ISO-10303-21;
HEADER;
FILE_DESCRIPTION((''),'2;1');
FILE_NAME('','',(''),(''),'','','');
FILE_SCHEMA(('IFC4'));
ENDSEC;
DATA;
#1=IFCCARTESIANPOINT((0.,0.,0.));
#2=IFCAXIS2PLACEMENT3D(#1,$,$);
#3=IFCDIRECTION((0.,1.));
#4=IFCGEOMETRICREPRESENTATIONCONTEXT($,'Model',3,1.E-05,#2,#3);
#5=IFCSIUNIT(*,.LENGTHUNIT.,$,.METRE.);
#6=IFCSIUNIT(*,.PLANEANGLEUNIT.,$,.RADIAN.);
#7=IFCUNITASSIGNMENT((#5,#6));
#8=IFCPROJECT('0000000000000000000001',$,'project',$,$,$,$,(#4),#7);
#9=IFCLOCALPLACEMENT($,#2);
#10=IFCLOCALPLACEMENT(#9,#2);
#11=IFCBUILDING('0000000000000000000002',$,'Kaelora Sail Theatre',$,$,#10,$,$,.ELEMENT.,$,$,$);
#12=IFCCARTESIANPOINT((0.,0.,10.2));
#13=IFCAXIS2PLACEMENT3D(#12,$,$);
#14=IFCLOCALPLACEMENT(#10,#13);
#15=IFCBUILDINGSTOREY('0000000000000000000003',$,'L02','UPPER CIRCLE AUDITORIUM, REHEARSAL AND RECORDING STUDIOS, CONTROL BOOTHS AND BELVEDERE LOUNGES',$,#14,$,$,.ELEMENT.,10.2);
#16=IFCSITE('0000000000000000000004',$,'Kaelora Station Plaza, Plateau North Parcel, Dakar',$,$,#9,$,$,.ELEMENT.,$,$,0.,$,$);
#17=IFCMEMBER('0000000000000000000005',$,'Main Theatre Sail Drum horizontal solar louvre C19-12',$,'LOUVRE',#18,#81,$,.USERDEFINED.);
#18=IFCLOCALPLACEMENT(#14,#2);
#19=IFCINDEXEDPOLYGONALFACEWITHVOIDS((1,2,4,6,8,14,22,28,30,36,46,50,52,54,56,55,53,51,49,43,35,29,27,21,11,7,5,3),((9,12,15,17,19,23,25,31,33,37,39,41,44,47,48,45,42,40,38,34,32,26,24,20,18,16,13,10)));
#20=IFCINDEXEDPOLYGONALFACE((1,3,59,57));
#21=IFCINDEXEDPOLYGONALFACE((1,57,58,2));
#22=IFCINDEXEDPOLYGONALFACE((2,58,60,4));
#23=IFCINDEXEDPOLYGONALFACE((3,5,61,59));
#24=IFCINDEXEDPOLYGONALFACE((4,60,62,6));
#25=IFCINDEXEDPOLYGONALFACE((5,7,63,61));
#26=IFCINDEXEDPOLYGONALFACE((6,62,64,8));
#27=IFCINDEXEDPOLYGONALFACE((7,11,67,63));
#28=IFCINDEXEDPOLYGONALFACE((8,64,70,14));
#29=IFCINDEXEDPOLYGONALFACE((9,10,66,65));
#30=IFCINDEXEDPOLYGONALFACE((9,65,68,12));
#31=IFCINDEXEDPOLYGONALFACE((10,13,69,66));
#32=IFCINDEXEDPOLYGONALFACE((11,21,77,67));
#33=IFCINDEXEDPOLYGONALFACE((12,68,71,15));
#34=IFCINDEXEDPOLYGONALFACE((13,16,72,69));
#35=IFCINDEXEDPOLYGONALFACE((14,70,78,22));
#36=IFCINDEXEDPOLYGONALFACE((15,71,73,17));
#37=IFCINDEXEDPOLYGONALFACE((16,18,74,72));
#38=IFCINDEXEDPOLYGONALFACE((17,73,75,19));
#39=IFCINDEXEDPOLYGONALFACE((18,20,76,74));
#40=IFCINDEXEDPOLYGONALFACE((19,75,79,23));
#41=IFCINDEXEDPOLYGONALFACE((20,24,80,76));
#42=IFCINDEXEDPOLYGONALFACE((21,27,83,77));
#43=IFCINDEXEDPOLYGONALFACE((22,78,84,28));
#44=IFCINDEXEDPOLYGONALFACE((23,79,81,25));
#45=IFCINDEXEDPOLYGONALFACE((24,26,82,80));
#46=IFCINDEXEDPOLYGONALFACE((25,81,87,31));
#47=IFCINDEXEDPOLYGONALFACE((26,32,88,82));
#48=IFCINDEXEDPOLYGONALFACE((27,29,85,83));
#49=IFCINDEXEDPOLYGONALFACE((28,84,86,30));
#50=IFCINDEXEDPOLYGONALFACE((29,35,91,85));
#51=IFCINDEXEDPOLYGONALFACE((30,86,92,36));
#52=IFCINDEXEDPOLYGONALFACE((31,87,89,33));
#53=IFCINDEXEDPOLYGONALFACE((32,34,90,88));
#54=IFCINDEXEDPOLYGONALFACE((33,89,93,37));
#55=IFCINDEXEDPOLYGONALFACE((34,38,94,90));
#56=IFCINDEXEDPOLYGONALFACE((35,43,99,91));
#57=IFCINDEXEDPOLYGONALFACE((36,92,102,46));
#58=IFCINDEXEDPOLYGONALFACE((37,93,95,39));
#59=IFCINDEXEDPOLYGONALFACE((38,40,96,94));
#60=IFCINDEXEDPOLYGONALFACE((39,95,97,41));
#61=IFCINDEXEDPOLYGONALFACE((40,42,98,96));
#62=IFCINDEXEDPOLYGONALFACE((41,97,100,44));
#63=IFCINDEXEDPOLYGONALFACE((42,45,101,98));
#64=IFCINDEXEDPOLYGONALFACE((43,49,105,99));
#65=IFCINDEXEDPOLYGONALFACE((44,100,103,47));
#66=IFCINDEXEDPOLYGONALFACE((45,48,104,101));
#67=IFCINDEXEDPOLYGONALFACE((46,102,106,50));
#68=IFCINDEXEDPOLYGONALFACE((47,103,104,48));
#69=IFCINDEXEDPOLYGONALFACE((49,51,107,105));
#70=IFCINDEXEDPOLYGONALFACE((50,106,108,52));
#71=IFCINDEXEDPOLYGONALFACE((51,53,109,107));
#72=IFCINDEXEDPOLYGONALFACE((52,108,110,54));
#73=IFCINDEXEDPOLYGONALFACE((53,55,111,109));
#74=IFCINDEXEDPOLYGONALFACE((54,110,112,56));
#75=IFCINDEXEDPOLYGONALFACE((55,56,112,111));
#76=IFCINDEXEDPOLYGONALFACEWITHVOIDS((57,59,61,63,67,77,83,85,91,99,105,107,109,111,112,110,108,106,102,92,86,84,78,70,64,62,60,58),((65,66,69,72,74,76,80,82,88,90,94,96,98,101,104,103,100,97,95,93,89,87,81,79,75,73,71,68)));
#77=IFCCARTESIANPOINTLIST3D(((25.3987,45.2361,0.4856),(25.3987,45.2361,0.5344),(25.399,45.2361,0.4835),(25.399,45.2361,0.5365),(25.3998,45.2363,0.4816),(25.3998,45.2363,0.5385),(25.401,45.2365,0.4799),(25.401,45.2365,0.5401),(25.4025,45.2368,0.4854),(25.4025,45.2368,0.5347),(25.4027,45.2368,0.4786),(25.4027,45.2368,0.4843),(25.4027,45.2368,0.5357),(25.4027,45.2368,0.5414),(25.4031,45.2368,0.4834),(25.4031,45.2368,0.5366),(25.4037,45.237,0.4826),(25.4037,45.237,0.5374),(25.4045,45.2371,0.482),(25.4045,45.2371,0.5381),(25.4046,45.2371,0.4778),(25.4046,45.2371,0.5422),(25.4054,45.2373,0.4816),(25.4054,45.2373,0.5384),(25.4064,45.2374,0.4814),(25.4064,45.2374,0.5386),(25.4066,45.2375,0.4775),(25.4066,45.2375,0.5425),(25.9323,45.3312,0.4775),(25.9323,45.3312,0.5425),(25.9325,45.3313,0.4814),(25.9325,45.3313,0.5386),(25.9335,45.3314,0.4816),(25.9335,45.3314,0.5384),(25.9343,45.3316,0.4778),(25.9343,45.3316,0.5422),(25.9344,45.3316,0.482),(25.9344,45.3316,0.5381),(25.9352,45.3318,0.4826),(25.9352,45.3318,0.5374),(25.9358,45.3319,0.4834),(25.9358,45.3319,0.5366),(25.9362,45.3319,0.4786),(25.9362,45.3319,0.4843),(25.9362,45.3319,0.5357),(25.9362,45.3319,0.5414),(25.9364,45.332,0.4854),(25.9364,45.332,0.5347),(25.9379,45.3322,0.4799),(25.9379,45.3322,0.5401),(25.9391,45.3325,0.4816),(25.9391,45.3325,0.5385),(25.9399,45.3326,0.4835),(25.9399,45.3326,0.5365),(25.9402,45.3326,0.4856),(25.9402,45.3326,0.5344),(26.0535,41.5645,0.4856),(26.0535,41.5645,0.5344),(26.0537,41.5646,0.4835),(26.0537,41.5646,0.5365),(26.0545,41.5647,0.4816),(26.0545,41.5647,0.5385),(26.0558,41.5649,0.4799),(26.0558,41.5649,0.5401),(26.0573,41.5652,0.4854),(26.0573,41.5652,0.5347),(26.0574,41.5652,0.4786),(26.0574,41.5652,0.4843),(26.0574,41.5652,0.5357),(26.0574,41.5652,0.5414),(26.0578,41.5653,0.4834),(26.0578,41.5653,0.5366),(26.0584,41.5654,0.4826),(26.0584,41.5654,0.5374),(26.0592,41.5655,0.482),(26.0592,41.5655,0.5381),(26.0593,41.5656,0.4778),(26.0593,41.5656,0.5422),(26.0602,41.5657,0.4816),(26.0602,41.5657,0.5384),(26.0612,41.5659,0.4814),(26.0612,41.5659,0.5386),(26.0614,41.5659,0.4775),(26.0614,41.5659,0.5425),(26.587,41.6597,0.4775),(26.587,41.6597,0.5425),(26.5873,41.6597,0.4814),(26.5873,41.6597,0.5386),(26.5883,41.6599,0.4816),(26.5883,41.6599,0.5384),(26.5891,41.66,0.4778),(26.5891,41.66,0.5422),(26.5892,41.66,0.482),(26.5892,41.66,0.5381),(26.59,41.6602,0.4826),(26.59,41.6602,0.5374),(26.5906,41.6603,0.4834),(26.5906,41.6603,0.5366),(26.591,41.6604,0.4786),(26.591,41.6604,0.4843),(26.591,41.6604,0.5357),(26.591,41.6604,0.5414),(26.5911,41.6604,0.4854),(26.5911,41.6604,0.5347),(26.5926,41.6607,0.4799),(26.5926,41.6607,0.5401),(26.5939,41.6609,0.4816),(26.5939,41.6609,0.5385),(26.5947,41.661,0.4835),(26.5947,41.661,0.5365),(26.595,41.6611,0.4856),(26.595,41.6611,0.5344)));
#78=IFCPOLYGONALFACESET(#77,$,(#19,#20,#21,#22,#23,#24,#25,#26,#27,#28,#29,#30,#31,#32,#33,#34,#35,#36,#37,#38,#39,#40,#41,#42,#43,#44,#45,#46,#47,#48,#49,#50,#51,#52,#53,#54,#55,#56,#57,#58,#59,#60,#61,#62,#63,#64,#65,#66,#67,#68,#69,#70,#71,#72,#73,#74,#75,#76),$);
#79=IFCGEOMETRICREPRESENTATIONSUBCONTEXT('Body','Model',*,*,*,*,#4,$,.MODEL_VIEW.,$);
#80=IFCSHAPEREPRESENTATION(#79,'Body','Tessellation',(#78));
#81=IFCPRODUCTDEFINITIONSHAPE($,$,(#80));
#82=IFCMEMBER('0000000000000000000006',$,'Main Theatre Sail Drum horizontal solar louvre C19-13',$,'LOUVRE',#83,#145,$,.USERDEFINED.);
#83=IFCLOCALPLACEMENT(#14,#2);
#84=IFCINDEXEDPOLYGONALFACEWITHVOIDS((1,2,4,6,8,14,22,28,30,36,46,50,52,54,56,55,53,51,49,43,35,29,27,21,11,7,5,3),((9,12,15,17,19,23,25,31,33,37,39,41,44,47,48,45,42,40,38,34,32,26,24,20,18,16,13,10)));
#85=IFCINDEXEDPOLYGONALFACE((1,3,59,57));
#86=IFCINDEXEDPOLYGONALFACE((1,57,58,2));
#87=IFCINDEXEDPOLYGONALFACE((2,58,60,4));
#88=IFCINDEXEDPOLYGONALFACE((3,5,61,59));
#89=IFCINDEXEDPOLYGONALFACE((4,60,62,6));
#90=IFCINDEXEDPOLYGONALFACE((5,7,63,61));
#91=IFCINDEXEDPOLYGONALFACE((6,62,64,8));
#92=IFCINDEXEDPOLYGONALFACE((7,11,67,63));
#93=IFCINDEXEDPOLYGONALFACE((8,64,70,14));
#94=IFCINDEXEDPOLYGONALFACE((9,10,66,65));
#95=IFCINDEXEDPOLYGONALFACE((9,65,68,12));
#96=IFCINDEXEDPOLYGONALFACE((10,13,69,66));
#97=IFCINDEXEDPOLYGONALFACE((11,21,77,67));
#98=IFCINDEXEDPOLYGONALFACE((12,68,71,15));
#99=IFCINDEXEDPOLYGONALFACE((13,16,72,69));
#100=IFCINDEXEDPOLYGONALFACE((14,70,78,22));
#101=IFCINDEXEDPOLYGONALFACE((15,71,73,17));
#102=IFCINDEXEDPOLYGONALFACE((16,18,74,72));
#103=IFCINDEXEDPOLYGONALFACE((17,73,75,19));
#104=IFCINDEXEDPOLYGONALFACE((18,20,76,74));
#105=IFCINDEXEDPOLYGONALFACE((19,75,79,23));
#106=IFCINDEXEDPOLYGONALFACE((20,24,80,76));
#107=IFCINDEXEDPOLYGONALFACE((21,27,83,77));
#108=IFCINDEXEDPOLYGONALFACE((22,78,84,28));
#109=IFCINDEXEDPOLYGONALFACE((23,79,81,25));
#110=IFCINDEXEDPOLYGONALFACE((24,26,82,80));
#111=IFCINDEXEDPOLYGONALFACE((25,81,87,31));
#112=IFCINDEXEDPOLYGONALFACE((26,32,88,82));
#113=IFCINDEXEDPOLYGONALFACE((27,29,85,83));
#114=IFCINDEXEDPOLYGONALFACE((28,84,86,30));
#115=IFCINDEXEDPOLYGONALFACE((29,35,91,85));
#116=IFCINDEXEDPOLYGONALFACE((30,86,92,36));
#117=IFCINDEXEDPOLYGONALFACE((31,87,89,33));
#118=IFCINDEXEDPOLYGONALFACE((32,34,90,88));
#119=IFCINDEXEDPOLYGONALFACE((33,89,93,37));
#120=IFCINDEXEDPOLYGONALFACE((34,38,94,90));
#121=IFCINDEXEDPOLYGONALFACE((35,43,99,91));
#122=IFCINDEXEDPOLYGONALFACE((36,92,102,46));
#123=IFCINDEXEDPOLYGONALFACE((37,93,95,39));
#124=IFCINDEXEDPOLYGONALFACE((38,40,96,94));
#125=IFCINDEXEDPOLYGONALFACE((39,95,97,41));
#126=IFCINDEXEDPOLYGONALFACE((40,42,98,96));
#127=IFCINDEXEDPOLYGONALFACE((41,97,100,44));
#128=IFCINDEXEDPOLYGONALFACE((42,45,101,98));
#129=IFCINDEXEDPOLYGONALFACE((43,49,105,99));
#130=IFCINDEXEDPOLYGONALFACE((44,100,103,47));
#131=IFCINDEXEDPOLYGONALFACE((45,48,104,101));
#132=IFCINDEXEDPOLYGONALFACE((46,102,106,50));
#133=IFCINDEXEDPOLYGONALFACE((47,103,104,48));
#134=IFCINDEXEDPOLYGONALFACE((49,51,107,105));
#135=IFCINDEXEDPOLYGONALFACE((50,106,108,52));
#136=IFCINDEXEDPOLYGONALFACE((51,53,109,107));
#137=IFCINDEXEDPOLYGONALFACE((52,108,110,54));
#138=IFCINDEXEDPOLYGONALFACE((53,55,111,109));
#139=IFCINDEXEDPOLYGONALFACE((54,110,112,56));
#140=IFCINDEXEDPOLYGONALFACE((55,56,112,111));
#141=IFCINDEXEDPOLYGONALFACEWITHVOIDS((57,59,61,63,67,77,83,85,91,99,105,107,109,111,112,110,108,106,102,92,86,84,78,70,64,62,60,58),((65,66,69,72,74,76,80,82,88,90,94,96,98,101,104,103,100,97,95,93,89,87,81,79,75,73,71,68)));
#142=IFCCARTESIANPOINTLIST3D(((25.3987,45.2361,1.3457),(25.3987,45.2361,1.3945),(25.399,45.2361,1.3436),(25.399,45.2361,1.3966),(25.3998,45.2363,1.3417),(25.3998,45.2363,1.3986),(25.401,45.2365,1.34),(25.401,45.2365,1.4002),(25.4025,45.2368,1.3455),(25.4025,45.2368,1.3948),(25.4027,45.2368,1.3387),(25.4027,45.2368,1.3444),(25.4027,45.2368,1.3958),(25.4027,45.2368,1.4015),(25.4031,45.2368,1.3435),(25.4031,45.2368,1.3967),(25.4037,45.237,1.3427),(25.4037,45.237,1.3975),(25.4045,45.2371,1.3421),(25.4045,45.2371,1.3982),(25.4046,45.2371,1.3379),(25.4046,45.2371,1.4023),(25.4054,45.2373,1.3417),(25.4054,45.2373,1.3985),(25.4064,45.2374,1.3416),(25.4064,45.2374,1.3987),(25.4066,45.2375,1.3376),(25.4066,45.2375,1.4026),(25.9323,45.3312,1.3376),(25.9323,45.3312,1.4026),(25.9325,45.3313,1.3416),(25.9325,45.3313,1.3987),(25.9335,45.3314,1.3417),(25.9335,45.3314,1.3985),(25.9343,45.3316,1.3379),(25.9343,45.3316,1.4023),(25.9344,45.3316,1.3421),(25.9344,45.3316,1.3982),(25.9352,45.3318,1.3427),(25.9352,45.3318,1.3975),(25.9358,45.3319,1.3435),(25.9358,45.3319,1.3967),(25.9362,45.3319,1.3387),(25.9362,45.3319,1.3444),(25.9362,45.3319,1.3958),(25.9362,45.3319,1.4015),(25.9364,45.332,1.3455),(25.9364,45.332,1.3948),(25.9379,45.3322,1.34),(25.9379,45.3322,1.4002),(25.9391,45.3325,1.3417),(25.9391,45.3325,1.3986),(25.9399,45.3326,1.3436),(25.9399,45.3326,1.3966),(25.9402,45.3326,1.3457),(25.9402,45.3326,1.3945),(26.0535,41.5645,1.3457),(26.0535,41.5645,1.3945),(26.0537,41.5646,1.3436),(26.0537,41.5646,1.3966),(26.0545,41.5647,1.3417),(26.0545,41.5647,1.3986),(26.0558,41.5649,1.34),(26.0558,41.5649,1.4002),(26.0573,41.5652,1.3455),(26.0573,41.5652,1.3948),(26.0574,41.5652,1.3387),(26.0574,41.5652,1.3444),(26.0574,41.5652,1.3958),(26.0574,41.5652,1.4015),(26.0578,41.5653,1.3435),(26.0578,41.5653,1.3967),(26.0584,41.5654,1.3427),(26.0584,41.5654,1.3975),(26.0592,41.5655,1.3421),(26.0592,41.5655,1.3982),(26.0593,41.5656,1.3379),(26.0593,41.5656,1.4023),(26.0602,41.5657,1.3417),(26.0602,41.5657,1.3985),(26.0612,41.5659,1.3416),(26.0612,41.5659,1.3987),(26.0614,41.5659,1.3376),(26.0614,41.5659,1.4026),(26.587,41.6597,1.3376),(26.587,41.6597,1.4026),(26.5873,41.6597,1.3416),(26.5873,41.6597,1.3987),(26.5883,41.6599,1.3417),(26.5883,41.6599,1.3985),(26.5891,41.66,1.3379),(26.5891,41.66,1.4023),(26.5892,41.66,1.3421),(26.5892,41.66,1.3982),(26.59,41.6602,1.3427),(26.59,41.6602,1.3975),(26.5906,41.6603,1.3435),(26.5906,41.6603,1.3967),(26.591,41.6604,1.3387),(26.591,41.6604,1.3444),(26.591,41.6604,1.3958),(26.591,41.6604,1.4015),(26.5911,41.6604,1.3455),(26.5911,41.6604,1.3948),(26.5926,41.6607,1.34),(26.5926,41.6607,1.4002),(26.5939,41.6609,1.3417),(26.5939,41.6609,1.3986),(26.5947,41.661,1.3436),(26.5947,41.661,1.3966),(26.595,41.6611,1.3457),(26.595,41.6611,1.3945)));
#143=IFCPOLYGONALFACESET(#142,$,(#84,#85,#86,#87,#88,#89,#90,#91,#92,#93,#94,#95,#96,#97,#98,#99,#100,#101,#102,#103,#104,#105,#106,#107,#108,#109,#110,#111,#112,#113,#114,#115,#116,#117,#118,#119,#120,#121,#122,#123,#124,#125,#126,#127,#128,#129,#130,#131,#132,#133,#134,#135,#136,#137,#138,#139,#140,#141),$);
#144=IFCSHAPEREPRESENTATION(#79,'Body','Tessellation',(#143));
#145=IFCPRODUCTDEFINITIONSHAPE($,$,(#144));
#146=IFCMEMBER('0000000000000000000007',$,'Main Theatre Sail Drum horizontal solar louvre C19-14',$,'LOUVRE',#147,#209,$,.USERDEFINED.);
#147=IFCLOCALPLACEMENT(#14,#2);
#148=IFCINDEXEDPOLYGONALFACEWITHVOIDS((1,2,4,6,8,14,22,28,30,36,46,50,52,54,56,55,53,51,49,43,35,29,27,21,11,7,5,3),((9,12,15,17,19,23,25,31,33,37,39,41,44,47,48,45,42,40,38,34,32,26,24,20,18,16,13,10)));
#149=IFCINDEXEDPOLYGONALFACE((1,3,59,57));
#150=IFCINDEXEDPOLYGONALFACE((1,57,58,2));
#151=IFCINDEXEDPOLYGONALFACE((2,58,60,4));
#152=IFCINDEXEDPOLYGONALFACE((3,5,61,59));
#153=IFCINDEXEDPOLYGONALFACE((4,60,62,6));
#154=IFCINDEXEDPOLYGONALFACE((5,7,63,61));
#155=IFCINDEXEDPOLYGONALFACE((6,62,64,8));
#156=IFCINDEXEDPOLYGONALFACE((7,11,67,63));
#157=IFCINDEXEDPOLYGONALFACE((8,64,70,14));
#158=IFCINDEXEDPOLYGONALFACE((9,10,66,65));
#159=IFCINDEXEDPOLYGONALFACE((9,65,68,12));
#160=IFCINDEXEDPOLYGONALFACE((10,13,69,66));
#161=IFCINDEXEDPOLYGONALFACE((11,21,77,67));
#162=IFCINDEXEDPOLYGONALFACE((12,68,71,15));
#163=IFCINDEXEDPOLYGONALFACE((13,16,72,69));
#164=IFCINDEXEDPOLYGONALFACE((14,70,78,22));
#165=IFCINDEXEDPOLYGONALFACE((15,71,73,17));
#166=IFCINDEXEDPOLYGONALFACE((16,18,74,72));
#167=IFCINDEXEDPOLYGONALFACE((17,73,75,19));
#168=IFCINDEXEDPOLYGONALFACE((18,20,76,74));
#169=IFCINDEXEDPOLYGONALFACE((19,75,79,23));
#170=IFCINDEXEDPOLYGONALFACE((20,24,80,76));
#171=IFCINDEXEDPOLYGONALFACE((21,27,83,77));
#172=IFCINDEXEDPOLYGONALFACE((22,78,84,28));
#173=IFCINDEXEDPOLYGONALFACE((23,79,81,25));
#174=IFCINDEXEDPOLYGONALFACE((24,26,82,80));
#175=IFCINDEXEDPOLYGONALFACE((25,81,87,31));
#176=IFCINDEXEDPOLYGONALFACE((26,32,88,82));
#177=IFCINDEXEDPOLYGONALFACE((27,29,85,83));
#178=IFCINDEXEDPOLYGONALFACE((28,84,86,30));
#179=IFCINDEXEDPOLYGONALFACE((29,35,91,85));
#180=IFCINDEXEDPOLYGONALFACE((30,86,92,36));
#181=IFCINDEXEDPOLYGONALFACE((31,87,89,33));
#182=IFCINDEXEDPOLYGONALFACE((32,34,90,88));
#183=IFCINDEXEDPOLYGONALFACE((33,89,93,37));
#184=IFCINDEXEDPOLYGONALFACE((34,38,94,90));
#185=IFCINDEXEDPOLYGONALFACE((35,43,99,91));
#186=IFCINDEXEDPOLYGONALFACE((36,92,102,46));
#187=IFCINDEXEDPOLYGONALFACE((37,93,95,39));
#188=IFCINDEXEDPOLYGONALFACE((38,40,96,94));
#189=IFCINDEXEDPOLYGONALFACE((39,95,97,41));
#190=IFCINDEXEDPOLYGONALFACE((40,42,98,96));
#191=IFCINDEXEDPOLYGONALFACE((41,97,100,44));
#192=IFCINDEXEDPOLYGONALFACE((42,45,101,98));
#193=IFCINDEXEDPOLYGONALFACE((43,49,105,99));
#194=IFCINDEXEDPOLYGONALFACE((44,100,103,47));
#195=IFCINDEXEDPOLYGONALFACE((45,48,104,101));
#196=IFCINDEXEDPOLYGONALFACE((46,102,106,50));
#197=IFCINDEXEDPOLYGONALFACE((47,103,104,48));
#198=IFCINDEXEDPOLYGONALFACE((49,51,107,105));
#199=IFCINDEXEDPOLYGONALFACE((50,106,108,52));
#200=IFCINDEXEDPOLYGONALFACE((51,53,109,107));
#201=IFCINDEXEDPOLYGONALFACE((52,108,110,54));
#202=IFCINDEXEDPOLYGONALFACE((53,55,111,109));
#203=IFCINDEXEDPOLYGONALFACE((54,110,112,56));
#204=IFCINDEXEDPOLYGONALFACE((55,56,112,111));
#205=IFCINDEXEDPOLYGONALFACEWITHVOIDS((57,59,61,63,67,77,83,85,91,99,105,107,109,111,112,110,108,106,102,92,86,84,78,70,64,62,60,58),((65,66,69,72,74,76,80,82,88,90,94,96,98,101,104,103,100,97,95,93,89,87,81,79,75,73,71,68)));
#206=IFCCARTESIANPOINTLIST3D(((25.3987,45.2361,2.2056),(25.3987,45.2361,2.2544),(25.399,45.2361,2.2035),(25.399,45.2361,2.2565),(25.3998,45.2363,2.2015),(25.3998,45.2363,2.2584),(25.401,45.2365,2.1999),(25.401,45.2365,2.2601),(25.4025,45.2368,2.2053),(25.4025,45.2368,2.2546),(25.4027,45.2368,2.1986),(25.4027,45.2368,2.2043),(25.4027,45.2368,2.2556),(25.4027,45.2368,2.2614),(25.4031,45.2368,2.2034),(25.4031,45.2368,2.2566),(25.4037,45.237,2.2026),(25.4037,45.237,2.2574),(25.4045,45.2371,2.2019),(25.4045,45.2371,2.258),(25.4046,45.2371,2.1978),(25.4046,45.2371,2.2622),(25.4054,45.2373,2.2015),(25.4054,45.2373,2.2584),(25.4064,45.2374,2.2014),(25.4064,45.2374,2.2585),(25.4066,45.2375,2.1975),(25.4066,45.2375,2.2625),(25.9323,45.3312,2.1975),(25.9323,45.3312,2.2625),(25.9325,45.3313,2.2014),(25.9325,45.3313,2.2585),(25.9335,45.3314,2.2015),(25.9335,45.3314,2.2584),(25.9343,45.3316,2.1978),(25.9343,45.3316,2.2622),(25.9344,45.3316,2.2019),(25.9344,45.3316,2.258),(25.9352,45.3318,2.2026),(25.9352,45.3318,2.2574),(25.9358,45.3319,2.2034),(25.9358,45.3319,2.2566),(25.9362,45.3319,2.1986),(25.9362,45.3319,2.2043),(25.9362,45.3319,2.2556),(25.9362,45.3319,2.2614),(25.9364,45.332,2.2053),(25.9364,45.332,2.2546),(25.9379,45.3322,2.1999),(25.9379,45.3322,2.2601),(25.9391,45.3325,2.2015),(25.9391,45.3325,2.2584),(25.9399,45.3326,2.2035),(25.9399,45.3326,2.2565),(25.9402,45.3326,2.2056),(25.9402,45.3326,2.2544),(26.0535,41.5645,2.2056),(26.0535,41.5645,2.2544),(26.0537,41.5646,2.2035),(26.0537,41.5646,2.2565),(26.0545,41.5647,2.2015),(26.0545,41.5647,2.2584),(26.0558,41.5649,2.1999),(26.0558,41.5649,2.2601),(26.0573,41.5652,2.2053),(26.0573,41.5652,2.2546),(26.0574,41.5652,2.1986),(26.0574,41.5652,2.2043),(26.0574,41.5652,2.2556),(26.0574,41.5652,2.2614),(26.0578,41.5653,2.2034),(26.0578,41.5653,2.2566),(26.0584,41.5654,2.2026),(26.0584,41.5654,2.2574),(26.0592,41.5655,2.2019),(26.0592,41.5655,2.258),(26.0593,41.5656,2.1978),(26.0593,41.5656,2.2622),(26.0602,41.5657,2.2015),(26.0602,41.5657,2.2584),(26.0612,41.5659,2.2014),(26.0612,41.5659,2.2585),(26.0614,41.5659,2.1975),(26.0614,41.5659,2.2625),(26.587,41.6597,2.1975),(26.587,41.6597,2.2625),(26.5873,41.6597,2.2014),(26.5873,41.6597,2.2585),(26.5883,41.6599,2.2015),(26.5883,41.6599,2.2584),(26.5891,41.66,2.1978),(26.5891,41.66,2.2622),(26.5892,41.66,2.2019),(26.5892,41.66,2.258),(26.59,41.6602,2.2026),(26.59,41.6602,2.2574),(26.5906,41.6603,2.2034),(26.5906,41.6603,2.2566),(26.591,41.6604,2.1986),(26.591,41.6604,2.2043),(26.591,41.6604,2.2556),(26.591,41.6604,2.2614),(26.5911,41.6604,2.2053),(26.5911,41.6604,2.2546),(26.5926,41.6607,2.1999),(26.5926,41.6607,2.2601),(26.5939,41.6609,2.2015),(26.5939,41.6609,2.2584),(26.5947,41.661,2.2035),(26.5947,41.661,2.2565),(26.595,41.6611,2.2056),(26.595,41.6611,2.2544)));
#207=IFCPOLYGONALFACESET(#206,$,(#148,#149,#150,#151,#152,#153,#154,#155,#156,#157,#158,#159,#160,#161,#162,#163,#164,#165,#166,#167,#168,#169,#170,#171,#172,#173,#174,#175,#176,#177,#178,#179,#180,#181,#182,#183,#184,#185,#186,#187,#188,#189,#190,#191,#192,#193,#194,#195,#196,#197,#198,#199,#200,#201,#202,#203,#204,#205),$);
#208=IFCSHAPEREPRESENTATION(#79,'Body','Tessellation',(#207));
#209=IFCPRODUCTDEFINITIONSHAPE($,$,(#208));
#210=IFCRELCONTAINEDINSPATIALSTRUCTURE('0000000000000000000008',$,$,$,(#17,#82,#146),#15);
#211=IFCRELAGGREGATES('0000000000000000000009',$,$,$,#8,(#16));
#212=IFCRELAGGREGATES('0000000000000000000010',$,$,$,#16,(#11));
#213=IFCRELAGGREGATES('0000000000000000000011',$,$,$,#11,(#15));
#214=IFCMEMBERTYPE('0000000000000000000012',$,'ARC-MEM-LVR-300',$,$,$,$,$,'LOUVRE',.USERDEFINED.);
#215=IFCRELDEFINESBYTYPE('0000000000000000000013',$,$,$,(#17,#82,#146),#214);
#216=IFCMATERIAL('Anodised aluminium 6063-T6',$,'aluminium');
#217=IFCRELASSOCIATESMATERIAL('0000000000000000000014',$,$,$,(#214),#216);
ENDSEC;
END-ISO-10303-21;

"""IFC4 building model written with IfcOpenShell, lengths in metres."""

from ifc_helpers import new_model, si_unit, direction, frame, origin, origin_2d, place, context, subcontext, project, spatial, hollow_rectangle, extrude, material, material_profile, profile_set, type_object, element, save


model = new_model("IFC4")

# Units and contexts
model_context = context("Model", 3, precision=1e-05, world=origin(), true_north=direction((0.0, 1.0)))
body_context = subcontext(model_context, "Body", "Model", "MODEL_VIEW")
ifc_project = project(units=[si_unit("LENGTHUNIT", "METRE"), si_unit("PLANEANGLEUNIT", "RADIAN")], contexts=[model_context])

# Site, building, storey
site_placement = place(None, origin())
site = spatial("IfcSite", under=ifc_project, at=site_placement, Name="Kaelora Station Plaza, Plateau North Parcel, Dakar", CompositionType="ELEMENT", RefElevation=0.0)
building_placement = place(site_placement, origin())
building = spatial("IfcBuilding", under=site, at=building_placement, Name="Kaelora Sail Theatre", CompositionType="ELEMENT")
storey_placement = place(building_placement, frame((0.0, 0.0, 10.2)))
storey = spatial("IfcBuildingStorey", under=building, at=storey_placement, Name="L02", Description="UPPER CIRCLE AUDITORIUM, REHEARSAL AND RECORDING STUDIOS, CONTROL BOOTHS AND BELVEDERE LOUNGES", CompositionType="ELEMENT", Elevation=10.2)

# Members
ifc_material_1 = material(Name="Anodised aluminium 6063-T6", Category="aluminium")
ifc_material_profile_1 = material_profile(ifc_material_1, hollow_rectangle(XDim=0.55, YDim=0.0649, WallThickness=0.0039, InnerFilletRadius=0.0039, OuterFilletRadius=0.0081, at=origin_2d()), Name="LOUVRE 550x65x4")
ifc_profile_set_1 = profile_set([ifc_material_profile_1], Name="Anodised aluminium 6063-T6")
member_type = type_object("IfcMemberType", Name="ARC-MEM-LVR-300", ElementType="LOUVRE", PredefinedType="USERDEFINED", material=ifc_profile_set_1)
for number, where, z_axis, x_axis, name in (
    (1, (26.3242, 41.6128, 0.51), (-0.175566, 0.984468, 0.0), (-0.984468, -0.175566, 0.0), "Main Theatre Sail Drum horizontal solar louvre C19-12"),
    (2, (26.3242, 41.6128, 1.3701), (-0.175566, 0.984468, 0.0), (-0.984468, -0.175566, 0.0), "Main Theatre Sail Drum horizontal solar louvre C19-13"),
    (3, (26.3242, 41.6128, 2.23), (-0.175566, 0.984468, 0.0), (-0.984468, -0.175566, 0.0), "Main Theatre Sail Drum horizontal solar louvre C19-14"),
):
    element("IfcMember", number, at=place(storey_placement, frame(where, z_axis=z_axis, x_axis=x_axis)), inside=storey, type_object=member_type, Name=name, ObjectType="LOUVRE", PredefinedType="USERDEFINED", context=body_context, shape_type="SweptSolid", body=[
        extrude(hollow_rectangle(XDim=0.55, YDim=0.0649, WallThickness=0.0039, InnerFilletRadius=0.0039, OuterFilletRadius=0.0081, at=origin_2d()), origin(), (0.0, 0.0, 1.0), 3.7295),
    ])

save(model, "model.ifc")
